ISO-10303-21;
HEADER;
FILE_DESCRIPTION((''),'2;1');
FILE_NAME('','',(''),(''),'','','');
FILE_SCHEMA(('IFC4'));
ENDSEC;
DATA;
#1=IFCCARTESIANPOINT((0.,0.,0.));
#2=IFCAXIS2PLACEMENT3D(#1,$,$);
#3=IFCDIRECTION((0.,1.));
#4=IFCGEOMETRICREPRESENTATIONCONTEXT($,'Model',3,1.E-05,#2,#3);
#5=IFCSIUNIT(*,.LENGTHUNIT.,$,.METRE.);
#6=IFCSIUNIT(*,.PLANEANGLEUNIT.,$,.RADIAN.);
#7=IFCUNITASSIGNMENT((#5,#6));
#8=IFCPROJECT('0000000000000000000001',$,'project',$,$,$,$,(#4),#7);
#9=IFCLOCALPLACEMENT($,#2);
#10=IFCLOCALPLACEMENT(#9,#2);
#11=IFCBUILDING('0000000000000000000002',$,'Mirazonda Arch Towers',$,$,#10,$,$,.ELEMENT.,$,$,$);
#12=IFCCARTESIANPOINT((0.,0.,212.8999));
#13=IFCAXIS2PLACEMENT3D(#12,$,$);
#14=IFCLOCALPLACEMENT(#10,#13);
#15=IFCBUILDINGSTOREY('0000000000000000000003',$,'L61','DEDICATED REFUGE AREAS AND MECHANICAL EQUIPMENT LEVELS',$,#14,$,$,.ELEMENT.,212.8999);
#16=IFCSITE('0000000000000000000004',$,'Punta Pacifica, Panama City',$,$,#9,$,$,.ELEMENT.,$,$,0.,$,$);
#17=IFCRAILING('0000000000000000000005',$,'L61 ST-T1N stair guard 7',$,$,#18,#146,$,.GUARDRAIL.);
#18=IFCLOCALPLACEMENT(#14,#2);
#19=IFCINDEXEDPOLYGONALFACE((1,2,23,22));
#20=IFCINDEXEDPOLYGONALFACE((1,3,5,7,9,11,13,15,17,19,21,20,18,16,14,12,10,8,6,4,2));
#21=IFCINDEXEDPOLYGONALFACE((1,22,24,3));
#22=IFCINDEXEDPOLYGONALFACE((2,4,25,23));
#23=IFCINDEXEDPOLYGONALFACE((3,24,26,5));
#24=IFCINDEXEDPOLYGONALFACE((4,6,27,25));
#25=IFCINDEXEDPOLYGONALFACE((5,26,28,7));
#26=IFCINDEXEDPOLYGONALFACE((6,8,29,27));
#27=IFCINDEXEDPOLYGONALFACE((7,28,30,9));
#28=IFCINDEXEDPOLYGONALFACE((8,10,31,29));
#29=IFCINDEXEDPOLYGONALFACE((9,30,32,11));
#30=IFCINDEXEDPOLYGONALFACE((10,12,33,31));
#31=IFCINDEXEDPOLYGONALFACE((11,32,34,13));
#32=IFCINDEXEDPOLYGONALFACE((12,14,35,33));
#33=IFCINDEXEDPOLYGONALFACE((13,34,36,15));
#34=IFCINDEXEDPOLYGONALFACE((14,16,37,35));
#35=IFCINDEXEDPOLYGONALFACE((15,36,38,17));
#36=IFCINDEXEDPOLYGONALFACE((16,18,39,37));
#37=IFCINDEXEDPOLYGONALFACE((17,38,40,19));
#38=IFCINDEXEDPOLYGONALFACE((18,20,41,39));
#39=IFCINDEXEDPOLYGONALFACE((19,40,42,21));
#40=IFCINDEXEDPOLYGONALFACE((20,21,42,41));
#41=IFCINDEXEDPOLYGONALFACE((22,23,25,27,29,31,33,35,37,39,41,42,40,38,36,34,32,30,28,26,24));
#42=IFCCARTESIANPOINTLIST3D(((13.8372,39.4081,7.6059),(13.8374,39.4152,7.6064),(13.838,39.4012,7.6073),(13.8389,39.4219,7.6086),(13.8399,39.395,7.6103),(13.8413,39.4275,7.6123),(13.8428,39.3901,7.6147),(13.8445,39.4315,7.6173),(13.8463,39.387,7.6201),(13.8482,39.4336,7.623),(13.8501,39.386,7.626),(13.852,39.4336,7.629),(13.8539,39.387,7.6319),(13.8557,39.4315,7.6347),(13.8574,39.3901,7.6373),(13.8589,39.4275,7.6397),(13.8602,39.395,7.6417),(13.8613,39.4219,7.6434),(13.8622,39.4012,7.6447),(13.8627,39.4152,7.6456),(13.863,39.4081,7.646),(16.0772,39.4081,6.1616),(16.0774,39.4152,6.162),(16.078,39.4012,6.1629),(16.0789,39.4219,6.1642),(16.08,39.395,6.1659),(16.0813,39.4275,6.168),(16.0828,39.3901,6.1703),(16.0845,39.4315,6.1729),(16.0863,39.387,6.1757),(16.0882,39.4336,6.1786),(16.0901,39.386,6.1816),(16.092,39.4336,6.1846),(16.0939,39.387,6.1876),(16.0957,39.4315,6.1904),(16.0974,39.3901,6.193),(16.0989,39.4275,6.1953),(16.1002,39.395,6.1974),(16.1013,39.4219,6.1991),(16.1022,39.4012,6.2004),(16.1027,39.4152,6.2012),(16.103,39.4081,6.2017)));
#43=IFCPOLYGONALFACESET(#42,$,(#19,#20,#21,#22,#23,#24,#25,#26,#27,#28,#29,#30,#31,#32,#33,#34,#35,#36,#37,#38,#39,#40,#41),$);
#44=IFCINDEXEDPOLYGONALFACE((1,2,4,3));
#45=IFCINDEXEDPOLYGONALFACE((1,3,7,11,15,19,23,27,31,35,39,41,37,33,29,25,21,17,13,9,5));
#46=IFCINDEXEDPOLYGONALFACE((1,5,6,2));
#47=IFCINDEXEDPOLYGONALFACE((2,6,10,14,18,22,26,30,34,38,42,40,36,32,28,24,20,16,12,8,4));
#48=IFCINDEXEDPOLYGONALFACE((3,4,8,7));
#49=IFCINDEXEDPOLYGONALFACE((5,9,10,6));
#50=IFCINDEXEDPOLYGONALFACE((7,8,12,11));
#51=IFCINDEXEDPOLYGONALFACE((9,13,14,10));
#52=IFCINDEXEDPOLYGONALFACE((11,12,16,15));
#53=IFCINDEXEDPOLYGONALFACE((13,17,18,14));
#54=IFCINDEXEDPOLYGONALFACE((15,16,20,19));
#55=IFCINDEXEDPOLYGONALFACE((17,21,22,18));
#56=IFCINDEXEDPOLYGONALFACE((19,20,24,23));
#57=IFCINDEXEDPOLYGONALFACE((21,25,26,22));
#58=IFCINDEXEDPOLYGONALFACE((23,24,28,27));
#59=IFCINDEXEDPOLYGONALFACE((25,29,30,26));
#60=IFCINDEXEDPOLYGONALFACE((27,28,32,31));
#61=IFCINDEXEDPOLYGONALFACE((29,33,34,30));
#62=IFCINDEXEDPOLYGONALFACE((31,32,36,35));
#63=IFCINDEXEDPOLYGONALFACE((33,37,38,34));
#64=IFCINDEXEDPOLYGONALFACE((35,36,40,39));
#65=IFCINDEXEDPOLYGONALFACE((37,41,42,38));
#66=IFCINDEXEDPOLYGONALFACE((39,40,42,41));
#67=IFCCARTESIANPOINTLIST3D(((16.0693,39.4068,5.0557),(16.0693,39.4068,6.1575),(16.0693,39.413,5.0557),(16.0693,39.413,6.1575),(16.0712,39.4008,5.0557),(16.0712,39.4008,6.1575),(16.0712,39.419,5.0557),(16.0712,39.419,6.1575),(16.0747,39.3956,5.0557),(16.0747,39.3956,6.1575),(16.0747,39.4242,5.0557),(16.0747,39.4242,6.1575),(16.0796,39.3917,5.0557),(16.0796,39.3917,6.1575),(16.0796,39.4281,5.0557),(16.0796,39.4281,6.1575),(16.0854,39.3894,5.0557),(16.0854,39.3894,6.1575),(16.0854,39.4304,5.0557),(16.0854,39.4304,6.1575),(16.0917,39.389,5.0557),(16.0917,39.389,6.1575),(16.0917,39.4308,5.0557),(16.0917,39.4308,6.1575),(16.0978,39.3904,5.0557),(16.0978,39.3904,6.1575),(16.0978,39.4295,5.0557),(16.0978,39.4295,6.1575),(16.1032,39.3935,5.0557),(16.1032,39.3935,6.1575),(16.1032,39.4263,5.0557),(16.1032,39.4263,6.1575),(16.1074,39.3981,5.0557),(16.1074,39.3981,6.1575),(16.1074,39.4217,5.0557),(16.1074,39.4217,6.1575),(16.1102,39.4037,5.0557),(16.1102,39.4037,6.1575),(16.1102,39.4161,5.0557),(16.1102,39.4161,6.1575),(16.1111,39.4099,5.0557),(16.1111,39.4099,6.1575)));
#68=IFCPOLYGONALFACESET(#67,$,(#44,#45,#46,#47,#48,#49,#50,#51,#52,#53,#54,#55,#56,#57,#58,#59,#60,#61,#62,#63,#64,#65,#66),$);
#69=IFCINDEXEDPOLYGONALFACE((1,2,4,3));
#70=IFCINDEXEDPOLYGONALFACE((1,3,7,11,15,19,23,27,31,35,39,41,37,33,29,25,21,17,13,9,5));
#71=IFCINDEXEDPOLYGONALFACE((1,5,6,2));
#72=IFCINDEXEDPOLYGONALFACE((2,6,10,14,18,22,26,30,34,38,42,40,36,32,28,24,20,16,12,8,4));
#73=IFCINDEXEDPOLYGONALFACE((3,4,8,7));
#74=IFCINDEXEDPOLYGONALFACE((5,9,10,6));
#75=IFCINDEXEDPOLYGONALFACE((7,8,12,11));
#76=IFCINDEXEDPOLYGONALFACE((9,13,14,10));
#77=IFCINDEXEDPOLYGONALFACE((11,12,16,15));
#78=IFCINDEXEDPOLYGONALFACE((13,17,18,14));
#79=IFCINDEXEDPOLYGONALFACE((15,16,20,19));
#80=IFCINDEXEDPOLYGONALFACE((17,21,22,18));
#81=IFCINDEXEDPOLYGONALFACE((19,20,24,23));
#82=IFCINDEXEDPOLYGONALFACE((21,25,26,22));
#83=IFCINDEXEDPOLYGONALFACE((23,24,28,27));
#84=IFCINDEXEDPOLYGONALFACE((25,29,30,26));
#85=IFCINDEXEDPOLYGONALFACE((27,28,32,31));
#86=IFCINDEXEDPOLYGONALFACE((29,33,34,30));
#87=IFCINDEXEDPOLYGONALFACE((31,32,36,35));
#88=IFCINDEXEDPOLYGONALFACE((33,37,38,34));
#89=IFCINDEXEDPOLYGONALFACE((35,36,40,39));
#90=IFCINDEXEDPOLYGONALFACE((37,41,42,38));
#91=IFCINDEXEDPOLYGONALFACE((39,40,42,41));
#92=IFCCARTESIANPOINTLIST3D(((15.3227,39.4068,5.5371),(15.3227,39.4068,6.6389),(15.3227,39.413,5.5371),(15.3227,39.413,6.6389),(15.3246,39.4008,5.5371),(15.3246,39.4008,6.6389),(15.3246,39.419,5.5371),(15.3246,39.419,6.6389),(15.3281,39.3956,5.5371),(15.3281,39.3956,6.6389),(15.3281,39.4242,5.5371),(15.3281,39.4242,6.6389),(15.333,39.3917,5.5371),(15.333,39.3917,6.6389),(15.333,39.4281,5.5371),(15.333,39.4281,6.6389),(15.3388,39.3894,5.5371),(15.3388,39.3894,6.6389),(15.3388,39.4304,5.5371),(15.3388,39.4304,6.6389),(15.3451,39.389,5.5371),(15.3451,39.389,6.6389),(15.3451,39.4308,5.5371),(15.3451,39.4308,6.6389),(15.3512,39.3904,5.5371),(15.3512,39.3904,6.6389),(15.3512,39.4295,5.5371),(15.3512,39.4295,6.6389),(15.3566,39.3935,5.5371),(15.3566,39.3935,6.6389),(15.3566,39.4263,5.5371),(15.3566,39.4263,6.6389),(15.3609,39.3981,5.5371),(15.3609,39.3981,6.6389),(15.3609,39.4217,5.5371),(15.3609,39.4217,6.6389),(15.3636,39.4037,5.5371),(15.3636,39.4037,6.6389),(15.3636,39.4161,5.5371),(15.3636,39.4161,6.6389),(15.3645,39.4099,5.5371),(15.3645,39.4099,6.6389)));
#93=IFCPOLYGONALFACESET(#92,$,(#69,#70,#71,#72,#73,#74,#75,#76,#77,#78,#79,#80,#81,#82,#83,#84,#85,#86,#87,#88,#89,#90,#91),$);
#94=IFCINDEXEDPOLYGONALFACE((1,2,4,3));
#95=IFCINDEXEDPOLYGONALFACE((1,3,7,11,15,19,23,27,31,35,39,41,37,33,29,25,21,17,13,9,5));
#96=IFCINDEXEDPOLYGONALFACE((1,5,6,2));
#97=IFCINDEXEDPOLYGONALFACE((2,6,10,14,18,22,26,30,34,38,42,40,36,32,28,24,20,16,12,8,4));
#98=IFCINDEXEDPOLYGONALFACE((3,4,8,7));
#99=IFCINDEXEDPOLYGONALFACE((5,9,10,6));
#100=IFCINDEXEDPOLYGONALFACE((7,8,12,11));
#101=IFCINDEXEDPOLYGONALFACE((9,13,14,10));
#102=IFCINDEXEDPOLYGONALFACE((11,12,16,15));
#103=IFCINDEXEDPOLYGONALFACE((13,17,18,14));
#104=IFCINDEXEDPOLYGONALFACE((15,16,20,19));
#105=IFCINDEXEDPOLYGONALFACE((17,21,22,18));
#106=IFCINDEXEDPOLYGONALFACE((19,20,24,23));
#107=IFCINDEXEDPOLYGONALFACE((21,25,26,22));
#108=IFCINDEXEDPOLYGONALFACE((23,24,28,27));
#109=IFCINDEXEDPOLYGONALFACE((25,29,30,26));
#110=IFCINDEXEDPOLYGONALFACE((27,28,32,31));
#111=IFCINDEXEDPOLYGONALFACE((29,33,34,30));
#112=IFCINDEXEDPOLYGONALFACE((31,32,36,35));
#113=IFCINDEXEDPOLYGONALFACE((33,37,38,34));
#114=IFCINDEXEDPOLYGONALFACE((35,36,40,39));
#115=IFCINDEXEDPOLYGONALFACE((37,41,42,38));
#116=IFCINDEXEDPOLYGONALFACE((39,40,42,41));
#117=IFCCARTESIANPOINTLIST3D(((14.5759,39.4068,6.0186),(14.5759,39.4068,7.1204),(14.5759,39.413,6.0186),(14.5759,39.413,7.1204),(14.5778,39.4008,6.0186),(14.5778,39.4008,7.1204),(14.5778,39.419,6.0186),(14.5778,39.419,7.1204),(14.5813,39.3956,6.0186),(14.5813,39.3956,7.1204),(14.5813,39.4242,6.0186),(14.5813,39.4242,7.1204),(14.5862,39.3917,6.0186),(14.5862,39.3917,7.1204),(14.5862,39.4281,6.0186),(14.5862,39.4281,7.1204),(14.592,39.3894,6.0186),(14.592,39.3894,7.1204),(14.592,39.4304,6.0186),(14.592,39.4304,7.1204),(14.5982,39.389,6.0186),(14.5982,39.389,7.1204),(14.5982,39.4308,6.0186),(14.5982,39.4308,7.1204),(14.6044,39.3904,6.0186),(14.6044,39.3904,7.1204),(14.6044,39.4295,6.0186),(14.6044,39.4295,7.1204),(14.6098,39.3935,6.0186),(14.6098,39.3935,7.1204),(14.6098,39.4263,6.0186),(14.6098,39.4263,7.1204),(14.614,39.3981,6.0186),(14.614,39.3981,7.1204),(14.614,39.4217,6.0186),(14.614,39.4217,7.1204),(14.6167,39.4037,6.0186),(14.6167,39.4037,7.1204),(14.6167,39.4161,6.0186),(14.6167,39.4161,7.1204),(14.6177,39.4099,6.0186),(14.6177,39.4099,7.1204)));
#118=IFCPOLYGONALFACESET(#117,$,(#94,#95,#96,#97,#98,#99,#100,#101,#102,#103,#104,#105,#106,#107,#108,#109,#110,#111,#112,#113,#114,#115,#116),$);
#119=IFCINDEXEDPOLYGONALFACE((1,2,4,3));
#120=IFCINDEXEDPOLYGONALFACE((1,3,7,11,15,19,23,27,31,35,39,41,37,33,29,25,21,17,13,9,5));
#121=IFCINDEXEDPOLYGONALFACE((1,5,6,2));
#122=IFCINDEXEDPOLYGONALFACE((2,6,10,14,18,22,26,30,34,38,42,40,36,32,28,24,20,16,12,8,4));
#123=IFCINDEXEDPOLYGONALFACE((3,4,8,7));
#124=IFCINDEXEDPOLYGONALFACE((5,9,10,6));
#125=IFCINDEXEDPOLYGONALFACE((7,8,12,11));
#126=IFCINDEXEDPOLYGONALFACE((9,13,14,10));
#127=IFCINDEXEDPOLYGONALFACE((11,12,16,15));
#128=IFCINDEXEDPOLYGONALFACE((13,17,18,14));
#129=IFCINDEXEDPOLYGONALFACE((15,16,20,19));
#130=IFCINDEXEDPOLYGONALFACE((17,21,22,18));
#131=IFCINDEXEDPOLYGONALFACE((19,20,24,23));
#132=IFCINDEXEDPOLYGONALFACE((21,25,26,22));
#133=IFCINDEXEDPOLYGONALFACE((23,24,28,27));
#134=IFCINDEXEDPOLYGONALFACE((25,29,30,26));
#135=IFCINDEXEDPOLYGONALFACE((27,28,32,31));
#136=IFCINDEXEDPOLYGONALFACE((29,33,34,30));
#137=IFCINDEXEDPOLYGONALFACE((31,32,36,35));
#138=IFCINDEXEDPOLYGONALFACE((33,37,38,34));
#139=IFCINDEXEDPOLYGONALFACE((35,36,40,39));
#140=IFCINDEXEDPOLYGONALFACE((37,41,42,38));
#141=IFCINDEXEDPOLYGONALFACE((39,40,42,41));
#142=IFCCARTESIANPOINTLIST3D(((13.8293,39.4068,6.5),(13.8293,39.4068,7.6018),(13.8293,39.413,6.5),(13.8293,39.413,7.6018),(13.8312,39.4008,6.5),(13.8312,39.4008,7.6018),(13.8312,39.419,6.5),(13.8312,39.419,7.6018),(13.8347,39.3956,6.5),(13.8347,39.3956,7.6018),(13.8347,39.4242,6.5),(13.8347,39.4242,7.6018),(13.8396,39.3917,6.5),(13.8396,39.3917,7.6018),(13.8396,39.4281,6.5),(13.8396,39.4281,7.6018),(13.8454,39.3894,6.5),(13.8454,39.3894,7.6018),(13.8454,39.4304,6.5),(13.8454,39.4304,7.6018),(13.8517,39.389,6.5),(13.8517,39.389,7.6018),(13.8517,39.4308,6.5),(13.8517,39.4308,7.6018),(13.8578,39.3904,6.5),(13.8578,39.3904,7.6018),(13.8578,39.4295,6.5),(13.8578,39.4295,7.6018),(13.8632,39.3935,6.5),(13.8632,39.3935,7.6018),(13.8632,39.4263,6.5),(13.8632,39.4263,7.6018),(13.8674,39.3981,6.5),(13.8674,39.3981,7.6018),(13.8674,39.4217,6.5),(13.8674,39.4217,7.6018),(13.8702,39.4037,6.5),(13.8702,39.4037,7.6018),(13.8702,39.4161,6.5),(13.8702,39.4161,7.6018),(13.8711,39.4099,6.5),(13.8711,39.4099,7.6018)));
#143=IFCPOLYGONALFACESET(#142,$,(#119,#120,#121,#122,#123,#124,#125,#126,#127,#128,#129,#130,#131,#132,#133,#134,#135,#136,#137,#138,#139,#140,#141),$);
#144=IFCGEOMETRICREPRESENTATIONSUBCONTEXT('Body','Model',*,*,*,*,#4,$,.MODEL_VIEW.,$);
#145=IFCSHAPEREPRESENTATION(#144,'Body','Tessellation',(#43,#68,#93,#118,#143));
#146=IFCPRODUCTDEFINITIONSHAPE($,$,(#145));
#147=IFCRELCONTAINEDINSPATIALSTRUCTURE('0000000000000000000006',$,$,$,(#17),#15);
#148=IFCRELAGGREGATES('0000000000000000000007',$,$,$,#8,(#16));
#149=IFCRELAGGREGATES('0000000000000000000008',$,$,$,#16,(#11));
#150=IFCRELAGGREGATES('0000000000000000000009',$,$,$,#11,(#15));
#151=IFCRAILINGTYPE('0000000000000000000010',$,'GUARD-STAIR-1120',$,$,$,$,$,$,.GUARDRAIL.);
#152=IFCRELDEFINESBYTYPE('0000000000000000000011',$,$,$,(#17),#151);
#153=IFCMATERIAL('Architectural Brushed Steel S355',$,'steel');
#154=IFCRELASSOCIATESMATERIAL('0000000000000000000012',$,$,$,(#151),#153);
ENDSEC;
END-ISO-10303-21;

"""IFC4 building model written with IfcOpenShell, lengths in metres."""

from ifc_helpers import new_model, si_unit, direction, frame, origin, origin_2d, place, context, subcontext, project, spatial, circle, extrude, material, type_object, element, save


model = new_model("IFC4")

# Units and contexts
model_context = context("Model", 3, precision=1e-05, world=origin(), true_north=direction((0.0, 1.0)))
body_context = subcontext(model_context, "Body", "Model", "MODEL_VIEW")
ifc_project = project(units=[si_unit("LENGTHUNIT", "METRE"), si_unit("PLANEANGLEUNIT", "RADIAN")], contexts=[model_context])

# Site, building, storey
site_placement = place(None, origin())
site = spatial("IfcSite", under=ifc_project, at=site_placement, Name="Punta Pacifica, Panama City", CompositionType="ELEMENT", RefElevation=0.0)
building_placement = place(site_placement, origin())
building = spatial("IfcBuilding", under=site, at=building_placement, Name="Mirazonda Arch Towers", CompositionType="ELEMENT")
storey_placement = place(building_placement, frame((0.0, 0.0, 212.8999)))
storey = spatial("IfcBuildingStorey", under=building, at=storey_placement, Name="L61", Description="DEDICATED REFUGE AREAS AND MECHANICAL EQUIPMENT LEVELS", CompositionType="ELEMENT", Elevation=212.8999)

# Railing
ifc_material_1 = material(Name="Architectural Brushed Steel S355", Category="steel")
railing_type_1 = type_object("IfcRailingType", Name="GUARD-STAIR-1120", PredefinedType="GUARDRAIL", material=ifc_material_1)
railing_1_placement = place(storey_placement, frame((16.0901, 39.4099, 5.0557)))
element("IfcRailing", 1, at=railing_1_placement, inside=storey, type_object=railing_type_1, Name="L61 ST-T1N stair guard 7", PredefinedType="GUARDRAIL", context=body_context, shape_type="SweptSolid", body=[
    extrude(circle(Radius=0.0239, at=origin_2d()), frame((0.0, 0.0, 1.126), z_axis=(-0.840437, 0.0, 0.54191), x_axis=(0.0, -1.0, 0.0)), (0.0, 0.0, 1.0), 2.6653),
    extrude(circle(Radius=0.021, at=origin_2d()), origin(), (0.0, 0.0, 1.0), 1.1018),
    extrude(circle(Radius=0.021, at=origin_2d()), frame((-0.7466, 0.0, 0.4814)), (0.0, 0.0, 1.0), 1.1018),
    extrude(circle(Radius=0.021, at=origin_2d()), frame((-1.4934, 0.0, 0.9629)), (0.0, 0.0, 1.0), 1.1018),
    extrude(circle(Radius=0.021, at=origin_2d()), frame((-2.24, 0.0, 1.4443)), (0.0, 0.0, 1.0), 1.1018),
])

save(model, "model.ifc")
